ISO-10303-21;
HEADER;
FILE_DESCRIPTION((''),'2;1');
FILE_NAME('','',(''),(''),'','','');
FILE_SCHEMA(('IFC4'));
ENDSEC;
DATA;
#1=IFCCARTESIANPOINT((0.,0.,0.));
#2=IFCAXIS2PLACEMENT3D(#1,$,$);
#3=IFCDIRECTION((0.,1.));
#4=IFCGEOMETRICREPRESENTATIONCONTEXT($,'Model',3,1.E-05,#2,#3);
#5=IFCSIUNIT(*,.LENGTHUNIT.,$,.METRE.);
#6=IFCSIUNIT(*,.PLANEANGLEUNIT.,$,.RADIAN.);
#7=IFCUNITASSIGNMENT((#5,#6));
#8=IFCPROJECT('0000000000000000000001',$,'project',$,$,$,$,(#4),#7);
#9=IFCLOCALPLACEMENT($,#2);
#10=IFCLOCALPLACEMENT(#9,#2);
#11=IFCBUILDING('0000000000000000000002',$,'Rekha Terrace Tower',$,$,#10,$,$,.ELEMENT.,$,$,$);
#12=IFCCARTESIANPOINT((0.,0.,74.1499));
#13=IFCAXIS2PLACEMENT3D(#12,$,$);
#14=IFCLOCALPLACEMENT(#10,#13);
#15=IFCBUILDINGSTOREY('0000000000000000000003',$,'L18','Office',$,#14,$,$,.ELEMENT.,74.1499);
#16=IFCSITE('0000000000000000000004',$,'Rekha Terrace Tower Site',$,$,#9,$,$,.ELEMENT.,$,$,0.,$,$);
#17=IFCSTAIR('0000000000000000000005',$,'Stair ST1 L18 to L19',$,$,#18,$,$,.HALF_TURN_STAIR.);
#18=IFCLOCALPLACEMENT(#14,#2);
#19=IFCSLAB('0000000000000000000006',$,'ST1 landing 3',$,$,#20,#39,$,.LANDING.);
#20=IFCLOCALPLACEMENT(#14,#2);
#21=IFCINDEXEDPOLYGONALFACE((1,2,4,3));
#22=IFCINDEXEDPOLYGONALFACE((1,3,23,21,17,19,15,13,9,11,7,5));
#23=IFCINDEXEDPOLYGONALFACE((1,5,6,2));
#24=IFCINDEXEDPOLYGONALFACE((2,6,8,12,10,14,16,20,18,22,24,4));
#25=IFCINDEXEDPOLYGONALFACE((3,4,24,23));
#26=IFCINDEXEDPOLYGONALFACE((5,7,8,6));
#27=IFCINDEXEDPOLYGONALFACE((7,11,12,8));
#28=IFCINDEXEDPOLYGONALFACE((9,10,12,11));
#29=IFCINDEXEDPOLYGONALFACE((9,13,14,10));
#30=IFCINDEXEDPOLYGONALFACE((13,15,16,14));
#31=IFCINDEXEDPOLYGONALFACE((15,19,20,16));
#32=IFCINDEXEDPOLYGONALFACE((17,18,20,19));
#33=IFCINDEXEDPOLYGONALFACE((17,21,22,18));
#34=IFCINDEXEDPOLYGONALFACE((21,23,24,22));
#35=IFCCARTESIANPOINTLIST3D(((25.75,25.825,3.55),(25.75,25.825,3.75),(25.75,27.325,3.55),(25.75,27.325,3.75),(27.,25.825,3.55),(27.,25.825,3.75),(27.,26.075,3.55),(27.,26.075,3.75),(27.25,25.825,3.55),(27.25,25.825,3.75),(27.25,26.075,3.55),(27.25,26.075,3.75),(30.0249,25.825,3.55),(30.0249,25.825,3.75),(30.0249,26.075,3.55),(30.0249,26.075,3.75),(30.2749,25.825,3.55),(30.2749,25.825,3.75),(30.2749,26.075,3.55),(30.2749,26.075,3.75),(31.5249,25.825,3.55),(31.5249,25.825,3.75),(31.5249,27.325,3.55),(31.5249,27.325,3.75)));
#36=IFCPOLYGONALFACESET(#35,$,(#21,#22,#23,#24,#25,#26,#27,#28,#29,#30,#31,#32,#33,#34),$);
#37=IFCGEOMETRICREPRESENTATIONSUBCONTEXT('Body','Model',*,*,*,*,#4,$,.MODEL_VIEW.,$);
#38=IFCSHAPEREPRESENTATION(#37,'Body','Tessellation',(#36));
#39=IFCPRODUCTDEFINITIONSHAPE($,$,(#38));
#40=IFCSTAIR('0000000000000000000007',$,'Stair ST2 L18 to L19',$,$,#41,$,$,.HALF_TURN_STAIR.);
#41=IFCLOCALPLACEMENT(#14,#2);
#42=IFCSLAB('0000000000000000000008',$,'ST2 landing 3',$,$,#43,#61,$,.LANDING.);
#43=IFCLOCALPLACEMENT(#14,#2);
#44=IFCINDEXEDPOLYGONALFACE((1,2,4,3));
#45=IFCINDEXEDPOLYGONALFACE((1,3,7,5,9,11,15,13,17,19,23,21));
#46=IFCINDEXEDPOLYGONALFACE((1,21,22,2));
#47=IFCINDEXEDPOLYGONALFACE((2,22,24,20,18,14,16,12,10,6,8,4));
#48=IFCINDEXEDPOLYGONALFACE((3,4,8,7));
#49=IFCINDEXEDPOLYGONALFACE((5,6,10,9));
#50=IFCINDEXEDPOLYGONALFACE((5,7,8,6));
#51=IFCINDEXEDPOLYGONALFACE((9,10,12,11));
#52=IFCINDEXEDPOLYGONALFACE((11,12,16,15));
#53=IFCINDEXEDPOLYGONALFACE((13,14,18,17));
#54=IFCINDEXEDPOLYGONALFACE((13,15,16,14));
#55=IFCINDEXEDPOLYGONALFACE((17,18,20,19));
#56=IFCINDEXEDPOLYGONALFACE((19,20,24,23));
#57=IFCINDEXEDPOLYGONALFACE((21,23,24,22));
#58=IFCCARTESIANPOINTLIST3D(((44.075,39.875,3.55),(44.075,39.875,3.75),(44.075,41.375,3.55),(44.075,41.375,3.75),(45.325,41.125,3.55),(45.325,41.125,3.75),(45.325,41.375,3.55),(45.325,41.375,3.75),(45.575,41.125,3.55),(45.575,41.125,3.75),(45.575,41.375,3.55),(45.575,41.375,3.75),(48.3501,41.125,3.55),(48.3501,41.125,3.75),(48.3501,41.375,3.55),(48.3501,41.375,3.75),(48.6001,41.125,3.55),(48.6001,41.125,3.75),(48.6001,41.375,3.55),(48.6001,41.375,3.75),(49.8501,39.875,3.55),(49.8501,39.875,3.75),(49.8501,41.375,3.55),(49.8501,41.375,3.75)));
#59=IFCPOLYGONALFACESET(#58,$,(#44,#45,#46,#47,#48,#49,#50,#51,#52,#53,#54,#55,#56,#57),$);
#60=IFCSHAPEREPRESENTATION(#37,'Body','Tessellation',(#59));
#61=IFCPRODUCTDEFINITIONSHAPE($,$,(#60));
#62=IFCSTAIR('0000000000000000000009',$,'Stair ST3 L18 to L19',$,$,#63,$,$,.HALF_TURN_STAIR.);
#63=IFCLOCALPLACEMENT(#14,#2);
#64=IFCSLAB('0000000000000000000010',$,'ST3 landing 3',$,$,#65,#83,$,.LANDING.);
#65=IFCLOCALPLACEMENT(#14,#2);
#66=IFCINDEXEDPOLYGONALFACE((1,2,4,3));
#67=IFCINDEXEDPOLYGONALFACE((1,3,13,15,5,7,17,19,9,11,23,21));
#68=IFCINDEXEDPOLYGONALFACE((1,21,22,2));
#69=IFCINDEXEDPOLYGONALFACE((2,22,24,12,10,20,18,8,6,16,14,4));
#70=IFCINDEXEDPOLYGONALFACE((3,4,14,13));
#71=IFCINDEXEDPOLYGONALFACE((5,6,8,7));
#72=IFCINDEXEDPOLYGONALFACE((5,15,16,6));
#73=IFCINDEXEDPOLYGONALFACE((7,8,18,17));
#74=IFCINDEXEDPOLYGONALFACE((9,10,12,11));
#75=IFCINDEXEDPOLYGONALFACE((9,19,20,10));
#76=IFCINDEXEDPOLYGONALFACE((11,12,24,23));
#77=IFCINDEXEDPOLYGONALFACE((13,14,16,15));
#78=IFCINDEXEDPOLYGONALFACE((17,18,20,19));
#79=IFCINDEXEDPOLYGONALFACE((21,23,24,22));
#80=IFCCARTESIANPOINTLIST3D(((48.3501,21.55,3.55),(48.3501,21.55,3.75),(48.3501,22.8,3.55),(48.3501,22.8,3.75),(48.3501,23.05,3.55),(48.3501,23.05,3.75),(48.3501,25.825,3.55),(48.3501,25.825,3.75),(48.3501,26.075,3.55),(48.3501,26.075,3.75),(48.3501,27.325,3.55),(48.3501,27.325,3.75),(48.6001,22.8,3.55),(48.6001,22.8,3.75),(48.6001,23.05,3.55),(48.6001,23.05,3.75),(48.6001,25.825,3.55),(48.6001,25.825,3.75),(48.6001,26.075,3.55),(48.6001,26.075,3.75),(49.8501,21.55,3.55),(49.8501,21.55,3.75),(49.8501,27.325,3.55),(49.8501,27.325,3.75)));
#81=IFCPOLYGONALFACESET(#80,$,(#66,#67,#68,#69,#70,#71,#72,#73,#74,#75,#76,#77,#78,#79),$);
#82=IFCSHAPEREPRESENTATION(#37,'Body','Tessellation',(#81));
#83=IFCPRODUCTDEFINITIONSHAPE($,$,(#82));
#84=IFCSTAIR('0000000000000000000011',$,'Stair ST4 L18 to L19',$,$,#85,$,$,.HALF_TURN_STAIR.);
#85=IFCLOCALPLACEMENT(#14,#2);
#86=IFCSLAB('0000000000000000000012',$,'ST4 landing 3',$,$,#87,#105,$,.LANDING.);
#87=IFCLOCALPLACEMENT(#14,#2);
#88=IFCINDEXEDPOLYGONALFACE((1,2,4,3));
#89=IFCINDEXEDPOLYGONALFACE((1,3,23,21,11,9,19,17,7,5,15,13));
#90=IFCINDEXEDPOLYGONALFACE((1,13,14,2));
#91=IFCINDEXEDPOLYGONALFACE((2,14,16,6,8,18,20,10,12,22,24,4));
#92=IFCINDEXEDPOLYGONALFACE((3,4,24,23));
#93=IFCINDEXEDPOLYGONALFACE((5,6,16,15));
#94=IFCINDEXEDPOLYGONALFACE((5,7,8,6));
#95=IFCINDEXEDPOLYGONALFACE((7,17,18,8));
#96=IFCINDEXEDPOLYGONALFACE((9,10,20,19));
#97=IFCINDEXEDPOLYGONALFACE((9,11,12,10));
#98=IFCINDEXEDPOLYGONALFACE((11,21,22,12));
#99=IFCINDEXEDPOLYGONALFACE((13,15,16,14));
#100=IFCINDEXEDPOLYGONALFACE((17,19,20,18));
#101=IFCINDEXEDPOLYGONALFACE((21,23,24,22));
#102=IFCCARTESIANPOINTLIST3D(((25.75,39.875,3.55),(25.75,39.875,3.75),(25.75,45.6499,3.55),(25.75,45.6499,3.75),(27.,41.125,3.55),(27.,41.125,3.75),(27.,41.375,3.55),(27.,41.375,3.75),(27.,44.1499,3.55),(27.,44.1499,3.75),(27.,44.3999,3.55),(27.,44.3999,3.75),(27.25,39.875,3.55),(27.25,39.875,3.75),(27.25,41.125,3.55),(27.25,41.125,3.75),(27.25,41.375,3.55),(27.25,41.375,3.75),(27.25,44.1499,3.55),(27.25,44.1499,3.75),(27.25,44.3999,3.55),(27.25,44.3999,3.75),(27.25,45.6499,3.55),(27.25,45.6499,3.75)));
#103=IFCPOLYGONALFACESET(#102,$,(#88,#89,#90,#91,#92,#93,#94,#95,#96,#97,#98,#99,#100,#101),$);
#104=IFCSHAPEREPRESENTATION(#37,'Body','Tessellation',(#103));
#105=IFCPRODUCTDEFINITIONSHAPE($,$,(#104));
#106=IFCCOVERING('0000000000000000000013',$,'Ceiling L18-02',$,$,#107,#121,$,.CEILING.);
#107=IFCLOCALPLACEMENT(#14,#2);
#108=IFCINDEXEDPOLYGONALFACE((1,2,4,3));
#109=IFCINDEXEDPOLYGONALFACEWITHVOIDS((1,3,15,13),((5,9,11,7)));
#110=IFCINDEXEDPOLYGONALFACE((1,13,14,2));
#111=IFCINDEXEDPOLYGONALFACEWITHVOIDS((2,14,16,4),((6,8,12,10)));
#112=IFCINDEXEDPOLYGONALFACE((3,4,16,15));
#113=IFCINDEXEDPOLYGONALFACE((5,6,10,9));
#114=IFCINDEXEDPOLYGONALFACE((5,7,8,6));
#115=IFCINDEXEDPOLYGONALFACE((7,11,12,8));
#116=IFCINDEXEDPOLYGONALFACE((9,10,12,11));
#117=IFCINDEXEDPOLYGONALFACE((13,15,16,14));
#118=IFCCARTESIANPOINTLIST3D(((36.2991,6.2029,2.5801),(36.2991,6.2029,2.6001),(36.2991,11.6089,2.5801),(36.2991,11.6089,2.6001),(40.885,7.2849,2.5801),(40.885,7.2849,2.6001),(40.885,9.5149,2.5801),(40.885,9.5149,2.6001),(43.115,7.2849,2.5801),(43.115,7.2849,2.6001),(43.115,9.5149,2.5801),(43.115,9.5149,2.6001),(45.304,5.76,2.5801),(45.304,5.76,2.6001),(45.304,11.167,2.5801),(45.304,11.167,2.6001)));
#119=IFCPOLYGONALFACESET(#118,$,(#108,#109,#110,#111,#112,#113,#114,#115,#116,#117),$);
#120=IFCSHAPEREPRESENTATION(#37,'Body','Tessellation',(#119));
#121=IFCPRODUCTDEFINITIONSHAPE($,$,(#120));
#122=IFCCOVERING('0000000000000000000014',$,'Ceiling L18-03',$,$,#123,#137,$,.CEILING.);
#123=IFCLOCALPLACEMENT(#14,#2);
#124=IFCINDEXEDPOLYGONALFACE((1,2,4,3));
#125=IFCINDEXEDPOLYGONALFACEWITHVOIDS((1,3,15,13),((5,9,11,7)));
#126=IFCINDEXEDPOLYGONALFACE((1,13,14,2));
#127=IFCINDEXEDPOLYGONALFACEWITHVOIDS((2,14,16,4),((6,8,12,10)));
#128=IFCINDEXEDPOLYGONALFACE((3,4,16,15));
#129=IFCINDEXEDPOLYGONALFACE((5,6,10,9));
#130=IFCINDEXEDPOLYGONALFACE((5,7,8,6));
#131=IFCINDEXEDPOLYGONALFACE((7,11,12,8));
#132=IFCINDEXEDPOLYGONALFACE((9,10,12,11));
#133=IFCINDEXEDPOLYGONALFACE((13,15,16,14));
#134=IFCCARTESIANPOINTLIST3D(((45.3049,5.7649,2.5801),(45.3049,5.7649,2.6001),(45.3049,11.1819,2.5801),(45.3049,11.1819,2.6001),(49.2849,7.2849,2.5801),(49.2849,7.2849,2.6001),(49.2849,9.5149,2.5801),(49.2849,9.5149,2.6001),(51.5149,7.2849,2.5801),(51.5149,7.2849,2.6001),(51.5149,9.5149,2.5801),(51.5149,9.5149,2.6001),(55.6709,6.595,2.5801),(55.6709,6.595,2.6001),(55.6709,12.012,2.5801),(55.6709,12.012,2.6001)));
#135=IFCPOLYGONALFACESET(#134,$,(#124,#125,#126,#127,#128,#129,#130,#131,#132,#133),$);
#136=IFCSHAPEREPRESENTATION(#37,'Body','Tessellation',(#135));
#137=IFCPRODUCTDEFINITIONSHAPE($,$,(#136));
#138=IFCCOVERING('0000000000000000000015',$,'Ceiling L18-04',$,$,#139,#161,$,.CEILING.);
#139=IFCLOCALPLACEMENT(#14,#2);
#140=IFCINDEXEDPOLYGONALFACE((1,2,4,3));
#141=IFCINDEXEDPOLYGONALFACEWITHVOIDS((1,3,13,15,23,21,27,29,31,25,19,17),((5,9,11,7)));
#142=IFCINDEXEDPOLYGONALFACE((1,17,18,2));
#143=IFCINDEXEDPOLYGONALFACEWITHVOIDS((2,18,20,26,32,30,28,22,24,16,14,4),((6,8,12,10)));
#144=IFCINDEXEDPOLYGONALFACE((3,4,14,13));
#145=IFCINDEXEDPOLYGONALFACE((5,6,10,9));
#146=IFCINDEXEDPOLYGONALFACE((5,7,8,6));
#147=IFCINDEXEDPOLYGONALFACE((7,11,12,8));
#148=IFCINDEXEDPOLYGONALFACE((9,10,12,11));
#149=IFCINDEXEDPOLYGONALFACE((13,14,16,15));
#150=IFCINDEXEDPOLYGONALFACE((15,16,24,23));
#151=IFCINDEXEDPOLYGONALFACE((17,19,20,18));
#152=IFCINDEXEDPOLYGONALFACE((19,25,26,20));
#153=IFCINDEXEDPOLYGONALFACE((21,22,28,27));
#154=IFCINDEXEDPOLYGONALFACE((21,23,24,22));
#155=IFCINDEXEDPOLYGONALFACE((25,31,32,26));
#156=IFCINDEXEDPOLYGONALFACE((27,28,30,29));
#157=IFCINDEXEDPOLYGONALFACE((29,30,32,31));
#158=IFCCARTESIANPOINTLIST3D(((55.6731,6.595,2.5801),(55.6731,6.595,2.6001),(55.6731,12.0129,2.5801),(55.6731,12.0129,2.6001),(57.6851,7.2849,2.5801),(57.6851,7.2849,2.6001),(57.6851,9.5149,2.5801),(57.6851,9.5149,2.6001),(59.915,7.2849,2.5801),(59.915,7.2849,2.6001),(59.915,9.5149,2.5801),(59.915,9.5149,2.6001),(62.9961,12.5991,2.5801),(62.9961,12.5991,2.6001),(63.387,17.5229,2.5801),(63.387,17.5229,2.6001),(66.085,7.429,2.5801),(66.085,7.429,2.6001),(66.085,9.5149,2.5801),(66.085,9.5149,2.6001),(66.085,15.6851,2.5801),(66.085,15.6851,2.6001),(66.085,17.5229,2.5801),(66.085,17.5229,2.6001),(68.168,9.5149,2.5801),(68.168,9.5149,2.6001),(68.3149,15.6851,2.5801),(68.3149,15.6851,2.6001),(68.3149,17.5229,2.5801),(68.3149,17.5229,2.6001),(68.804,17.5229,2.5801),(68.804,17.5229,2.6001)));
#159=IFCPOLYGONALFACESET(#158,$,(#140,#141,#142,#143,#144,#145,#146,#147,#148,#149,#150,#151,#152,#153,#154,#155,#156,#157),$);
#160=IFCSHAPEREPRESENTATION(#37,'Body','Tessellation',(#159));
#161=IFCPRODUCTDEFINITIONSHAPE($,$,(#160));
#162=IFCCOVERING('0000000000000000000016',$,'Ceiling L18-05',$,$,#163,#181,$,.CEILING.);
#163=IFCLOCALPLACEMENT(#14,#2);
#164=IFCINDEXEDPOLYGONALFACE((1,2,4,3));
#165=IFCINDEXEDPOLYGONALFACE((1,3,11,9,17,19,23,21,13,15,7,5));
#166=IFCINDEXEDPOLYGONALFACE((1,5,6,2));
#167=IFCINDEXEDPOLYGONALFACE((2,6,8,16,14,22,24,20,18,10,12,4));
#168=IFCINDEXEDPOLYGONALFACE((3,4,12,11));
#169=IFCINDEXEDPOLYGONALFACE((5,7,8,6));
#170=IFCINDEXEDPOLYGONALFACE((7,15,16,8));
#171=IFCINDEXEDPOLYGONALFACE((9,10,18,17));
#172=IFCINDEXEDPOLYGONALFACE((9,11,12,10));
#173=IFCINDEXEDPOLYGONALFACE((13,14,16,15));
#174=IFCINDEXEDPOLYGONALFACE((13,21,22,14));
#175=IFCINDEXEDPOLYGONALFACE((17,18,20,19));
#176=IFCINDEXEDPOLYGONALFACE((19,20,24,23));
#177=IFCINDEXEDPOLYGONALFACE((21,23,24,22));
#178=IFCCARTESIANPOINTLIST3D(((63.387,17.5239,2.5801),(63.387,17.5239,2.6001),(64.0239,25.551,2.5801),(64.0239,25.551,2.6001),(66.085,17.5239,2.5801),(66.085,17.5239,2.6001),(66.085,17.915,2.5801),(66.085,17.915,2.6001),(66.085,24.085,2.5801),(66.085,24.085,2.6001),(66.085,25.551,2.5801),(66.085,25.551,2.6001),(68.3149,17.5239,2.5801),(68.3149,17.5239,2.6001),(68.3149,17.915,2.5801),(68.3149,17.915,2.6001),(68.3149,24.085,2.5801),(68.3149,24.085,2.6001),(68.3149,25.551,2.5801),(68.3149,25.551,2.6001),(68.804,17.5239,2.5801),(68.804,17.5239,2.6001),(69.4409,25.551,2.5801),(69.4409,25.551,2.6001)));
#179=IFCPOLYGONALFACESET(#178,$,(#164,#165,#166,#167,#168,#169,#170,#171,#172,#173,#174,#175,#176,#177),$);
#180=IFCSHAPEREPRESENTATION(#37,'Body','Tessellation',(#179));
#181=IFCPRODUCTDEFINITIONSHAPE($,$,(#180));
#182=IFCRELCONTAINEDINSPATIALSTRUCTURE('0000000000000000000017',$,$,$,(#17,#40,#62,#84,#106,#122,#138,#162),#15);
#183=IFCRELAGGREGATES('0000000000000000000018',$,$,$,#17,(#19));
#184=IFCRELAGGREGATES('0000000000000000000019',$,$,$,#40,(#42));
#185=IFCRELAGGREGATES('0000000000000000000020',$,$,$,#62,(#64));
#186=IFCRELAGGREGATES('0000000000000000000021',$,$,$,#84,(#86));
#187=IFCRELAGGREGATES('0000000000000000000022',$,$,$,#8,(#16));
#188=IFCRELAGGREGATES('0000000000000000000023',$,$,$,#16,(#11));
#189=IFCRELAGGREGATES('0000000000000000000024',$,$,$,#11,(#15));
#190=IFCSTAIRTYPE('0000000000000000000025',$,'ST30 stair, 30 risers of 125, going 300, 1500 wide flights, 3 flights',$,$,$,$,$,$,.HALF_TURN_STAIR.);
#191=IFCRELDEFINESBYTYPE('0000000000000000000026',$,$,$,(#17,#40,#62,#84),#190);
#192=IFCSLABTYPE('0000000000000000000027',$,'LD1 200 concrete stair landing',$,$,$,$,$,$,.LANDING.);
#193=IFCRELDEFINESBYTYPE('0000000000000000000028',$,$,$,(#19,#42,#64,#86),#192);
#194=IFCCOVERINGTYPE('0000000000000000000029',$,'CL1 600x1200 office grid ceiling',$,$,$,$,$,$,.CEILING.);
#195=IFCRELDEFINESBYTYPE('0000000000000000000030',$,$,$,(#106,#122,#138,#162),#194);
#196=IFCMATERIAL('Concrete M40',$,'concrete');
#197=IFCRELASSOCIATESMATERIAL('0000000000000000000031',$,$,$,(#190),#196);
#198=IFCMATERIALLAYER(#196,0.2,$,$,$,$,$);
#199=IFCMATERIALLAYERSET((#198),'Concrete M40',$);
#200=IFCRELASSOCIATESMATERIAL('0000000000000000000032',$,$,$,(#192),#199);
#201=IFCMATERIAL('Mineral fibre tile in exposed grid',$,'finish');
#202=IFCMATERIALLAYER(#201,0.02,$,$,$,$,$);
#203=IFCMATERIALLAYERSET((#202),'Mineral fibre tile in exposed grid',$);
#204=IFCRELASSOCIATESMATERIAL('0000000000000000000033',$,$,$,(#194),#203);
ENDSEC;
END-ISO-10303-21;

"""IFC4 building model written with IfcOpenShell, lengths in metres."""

from ifc_helpers import new_model, si_unit, direction, frame, origin, place, context, subcontext, project, spatial, polyline, outline, extrude, material, layer, layer_set, type_object, element, aggregate, save


model = new_model("IFC4")

# Units and contexts
model_context = context("Model", 3, precision=1e-05, world=origin(), true_north=direction((0.0, 1.0)))
body_context = subcontext(model_context, "Body", "Model", "MODEL_VIEW")
ifc_project = project(units=[si_unit("LENGTHUNIT", "METRE"), si_unit("PLANEANGLEUNIT", "RADIAN")], contexts=[model_context])

# Site, building, storey
site_placement = place(None, origin())
site = spatial("IfcSite", under=ifc_project, at=site_placement, Name="Rekha Terrace Tower Site", CompositionType="ELEMENT", RefElevation=0.0)
building_placement = place(site_placement, origin())
building = spatial("IfcBuilding", under=site, at=building_placement, Name="Rekha Terrace Tower", CompositionType="ELEMENT")
storey_placement = place(building_placement, frame((0.0, 0.0, 74.1499)))
storey = spatial("IfcBuildingStorey", under=building, at=storey_placement, Name="L18", Description="Office", CompositionType="ELEMENT", Elevation=74.1499)

# Stairs, slabs
ifc_material_1 = material(Name="Concrete M40", Category="concrete")
stair_type = type_object("IfcStairType", Name="ST30 stair, 30 risers of 125, going 300, 1500 wide flights, 3 flights", PredefinedType="HALF_TURN_STAIR", material=ifc_material_1)
stair_1_placement = place(storey_placement, origin())
stair_1 = element("IfcStair", 1, at=stair_1_placement, inside=storey, type_object=stair_type, Name="Stair ST1 L18 to L19", PredefinedType="HALF_TURN_STAIR")
ifc_layer_1 = layer(ifc_material_1, 0.2)
ifc_layer_set_1 = layer_set([ifc_layer_1], Name="Concrete M40")
slab_type = type_object("IfcSlabType", Name="LD1 200 concrete stair landing", PredefinedType="LANDING", material=ifc_layer_set_1)
slab_1_placement = place(storey_placement, frame((0.0, 0.0, 3.55)))
slab_1 = element("IfcSlab", 2, at=slab_1_placement, type_object=slab_type, Name="ST1 landing 3", PredefinedType="LANDING", context=body_context, shape_type="SweptSolid", body=[
    extrude(outline(polyline([(31.5249, 25.825), (31.5249, 27.325), (25.75, 27.325), (25.75, 25.825), (27.0, 25.825), (27.0, 26.075), (27.25, 26.075), (27.25, 25.825), (30.0249, 25.825), (30.0249, 26.075), (30.2749, 26.075), (30.2749, 25.825), (31.5249, 25.825)])), origin(), (0.0, 0.0, 1.0), 0.2),
])
aggregate(stair_1, [slab_1])
stair_2_placement = place(storey_placement, origin())
stair_2 = element("IfcStair", 3, at=stair_2_placement, inside=storey, type_object=stair_type, Name="Stair ST2 L18 to L19", PredefinedType="HALF_TURN_STAIR")
slab_2_placement = place(storey_placement, frame((0.0, 0.0, 3.55)))
slab_2 = element("IfcSlab", 4, at=slab_2_placement, type_object=slab_type, Name="ST2 landing 3", PredefinedType="LANDING", context=body_context, shape_type="SweptSolid", body=[
    extrude(outline(polyline([(44.075, 41.375), (44.075, 39.875), (49.8501, 39.875), (49.8501, 41.375), (48.6001, 41.375), (48.6001, 41.125), (48.3501, 41.125), (48.3501, 41.375), (45.575, 41.375), (45.575, 41.125), (45.325, 41.125), (45.325, 41.375), (44.075, 41.375)])), origin(), (0.0, 0.0, 1.0), 0.2),
])
aggregate(stair_2, [slab_2])
stair_3_placement = place(storey_placement, origin())
stair_3 = element("IfcStair", 5, at=stair_3_placement, inside=storey, type_object=stair_type, Name="Stair ST3 L18 to L19", PredefinedType="HALF_TURN_STAIR")
slab_3_placement = place(storey_placement, frame((0.0, 0.0, 3.55)))
slab_3 = element("IfcSlab", 6, at=slab_3_placement, type_object=slab_type, Name="ST3 landing 3", PredefinedType="LANDING", context=body_context, shape_type="SweptSolid", body=[
    extrude(outline(polyline([(48.3501, 21.55), (49.8501, 21.55), (49.8501, 27.325), (48.3501, 27.325), (48.3501, 26.075), (48.6001, 26.075), (48.6001, 25.825), (48.3501, 25.825), (48.3501, 23.05), (48.6001, 23.05), (48.6001, 22.8), (48.3501, 22.8), (48.3501, 21.55)])), origin(), (0.0, 0.0, 1.0), 0.2),
])
aggregate(stair_3, [slab_3])
stair_4_placement = place(storey_placement, origin())
stair_4 = element("IfcStair", 7, at=stair_4_placement, inside=storey, type_object=stair_type, Name="Stair ST4 L18 to L19", PredefinedType="HALF_TURN_STAIR")
slab_4_placement = place(storey_placement, frame((0.0, 0.0, 3.55)))
slab_4 = element("IfcSlab", 8, at=slab_4_placement, type_object=slab_type, Name="ST4 landing 3", PredefinedType="LANDING", context=body_context, shape_type="SweptSolid", body=[
    extrude(outline(polyline([(27.25, 39.875), (25.75, 39.875), (25.75, 45.6499), (27.25, 45.6499), (27.25, 44.3999), (27.0, 44.3999), (27.0, 44.1499), (27.25, 44.1499), (27.25, 41.375), (27.0, 41.375), (27.0, 41.125), (27.25, 41.125), (27.25, 39.875)])), origin(), (0.0, 0.0, 1.0), 0.2),
])
aggregate(stair_4, [slab_4])

# Coverings
ifc_material_2 = material(Name="Mineral fibre tile in exposed grid", Category="finish")
ifc_layer_2 = layer(ifc_material_2, 0.02)
ifc_layer_set_2 = layer_set([ifc_layer_2], Name="Mineral fibre tile in exposed grid")
covering_type_1 = type_object("IfcCoveringType", Name="CL1 600x1200 office grid ceiling", PredefinedType="CEILING", material=ifc_layer_set_2)
covering_1_placement = place(storey_placement, frame((0.0, 0.0, 2.5801)))
element("IfcCovering", 9, at=covering_1_placement, inside=storey, type_object=covering_type_1, Name="Ceiling L18-02", PredefinedType="CEILING", context=body_context, shape_type="SweptSolid", body=[
    extrude(outline(polyline([(45.304, 11.167), (36.2991, 11.6089), (36.2991, 6.2029), (45.304, 5.76), (45.304, 11.167)]), holes=[polyline([(43.115, 7.2849), (40.885, 7.2849), (40.885, 9.5149), (43.115, 9.5149), (43.115, 7.2849)])]), origin(), (0.0, 0.0, 1.0), 0.02),
])
covering_2_placement = place(storey_placement, frame((0.0, 0.0, 2.5801)))
element("IfcCovering", 10, at=covering_2_placement, inside=storey, type_object=covering_type_1, Name="Ceiling L18-03", PredefinedType="CEILING", context=body_context, shape_type="SweptSolid", body=[
    extrude(outline(polyline([(55.6709, 6.595), (55.6709, 12.012), (45.3049, 11.1819), (45.3049, 5.7649), (55.6709, 6.595)]), holes=[polyline([(51.5149, 7.2849), (49.2849, 7.2849), (49.2849, 9.5149), (51.5149, 9.5149), (51.5149, 7.2849)])]), origin(), (0.0, 0.0, 1.0), 0.02),
])
covering_3_placement = place(storey_placement, frame((0.0, 0.0, 2.5801)))
element("IfcCovering", 11, at=covering_3_placement, inside=storey, type_object=covering_type_1, Name="Ceiling L18-04", PredefinedType="CEILING", context=body_context, shape_type="SweptSolid", body=[
    extrude(outline(polyline([(62.9961, 12.5991), (55.6731, 12.0129), (55.6731, 6.595), (66.085, 7.429), (66.085, 9.5149), (68.168, 9.5149), (68.804, 17.5229), (68.3149, 17.5229), (68.3149, 15.6851), (66.085, 15.6851), (66.085, 17.5229), (63.387, 17.5229), (62.9961, 12.5991)]), holes=[polyline([(59.915, 7.2849), (57.6851, 7.2849), (57.6851, 9.5149), (59.915, 9.5149), (59.915, 7.2849)])]), origin(), (0.0, 0.0, 1.0), 0.02),
])
covering_4_placement = place(storey_placement, frame((0.0, 0.0, 2.5801)))
element("IfcCovering", 12, at=covering_4_placement, inside=storey, type_object=covering_type_1, Name="Ceiling L18-05", PredefinedType="CEILING", context=body_context, shape_type="SweptSolid", body=[
    extrude(outline(polyline([(68.3149, 17.915), (68.3149, 17.5239), (68.804, 17.5239), (69.4409, 25.551), (68.3149, 25.551), (68.3149, 24.085), (66.085, 24.085), (66.085, 25.551), (64.0239, 25.551), (63.387, 17.5239), (66.085, 17.5239), (66.085, 17.915), (68.3149, 17.915)])), origin(), (0.0, 0.0, 1.0), 0.02),
])

save(model, "model.ifc")
